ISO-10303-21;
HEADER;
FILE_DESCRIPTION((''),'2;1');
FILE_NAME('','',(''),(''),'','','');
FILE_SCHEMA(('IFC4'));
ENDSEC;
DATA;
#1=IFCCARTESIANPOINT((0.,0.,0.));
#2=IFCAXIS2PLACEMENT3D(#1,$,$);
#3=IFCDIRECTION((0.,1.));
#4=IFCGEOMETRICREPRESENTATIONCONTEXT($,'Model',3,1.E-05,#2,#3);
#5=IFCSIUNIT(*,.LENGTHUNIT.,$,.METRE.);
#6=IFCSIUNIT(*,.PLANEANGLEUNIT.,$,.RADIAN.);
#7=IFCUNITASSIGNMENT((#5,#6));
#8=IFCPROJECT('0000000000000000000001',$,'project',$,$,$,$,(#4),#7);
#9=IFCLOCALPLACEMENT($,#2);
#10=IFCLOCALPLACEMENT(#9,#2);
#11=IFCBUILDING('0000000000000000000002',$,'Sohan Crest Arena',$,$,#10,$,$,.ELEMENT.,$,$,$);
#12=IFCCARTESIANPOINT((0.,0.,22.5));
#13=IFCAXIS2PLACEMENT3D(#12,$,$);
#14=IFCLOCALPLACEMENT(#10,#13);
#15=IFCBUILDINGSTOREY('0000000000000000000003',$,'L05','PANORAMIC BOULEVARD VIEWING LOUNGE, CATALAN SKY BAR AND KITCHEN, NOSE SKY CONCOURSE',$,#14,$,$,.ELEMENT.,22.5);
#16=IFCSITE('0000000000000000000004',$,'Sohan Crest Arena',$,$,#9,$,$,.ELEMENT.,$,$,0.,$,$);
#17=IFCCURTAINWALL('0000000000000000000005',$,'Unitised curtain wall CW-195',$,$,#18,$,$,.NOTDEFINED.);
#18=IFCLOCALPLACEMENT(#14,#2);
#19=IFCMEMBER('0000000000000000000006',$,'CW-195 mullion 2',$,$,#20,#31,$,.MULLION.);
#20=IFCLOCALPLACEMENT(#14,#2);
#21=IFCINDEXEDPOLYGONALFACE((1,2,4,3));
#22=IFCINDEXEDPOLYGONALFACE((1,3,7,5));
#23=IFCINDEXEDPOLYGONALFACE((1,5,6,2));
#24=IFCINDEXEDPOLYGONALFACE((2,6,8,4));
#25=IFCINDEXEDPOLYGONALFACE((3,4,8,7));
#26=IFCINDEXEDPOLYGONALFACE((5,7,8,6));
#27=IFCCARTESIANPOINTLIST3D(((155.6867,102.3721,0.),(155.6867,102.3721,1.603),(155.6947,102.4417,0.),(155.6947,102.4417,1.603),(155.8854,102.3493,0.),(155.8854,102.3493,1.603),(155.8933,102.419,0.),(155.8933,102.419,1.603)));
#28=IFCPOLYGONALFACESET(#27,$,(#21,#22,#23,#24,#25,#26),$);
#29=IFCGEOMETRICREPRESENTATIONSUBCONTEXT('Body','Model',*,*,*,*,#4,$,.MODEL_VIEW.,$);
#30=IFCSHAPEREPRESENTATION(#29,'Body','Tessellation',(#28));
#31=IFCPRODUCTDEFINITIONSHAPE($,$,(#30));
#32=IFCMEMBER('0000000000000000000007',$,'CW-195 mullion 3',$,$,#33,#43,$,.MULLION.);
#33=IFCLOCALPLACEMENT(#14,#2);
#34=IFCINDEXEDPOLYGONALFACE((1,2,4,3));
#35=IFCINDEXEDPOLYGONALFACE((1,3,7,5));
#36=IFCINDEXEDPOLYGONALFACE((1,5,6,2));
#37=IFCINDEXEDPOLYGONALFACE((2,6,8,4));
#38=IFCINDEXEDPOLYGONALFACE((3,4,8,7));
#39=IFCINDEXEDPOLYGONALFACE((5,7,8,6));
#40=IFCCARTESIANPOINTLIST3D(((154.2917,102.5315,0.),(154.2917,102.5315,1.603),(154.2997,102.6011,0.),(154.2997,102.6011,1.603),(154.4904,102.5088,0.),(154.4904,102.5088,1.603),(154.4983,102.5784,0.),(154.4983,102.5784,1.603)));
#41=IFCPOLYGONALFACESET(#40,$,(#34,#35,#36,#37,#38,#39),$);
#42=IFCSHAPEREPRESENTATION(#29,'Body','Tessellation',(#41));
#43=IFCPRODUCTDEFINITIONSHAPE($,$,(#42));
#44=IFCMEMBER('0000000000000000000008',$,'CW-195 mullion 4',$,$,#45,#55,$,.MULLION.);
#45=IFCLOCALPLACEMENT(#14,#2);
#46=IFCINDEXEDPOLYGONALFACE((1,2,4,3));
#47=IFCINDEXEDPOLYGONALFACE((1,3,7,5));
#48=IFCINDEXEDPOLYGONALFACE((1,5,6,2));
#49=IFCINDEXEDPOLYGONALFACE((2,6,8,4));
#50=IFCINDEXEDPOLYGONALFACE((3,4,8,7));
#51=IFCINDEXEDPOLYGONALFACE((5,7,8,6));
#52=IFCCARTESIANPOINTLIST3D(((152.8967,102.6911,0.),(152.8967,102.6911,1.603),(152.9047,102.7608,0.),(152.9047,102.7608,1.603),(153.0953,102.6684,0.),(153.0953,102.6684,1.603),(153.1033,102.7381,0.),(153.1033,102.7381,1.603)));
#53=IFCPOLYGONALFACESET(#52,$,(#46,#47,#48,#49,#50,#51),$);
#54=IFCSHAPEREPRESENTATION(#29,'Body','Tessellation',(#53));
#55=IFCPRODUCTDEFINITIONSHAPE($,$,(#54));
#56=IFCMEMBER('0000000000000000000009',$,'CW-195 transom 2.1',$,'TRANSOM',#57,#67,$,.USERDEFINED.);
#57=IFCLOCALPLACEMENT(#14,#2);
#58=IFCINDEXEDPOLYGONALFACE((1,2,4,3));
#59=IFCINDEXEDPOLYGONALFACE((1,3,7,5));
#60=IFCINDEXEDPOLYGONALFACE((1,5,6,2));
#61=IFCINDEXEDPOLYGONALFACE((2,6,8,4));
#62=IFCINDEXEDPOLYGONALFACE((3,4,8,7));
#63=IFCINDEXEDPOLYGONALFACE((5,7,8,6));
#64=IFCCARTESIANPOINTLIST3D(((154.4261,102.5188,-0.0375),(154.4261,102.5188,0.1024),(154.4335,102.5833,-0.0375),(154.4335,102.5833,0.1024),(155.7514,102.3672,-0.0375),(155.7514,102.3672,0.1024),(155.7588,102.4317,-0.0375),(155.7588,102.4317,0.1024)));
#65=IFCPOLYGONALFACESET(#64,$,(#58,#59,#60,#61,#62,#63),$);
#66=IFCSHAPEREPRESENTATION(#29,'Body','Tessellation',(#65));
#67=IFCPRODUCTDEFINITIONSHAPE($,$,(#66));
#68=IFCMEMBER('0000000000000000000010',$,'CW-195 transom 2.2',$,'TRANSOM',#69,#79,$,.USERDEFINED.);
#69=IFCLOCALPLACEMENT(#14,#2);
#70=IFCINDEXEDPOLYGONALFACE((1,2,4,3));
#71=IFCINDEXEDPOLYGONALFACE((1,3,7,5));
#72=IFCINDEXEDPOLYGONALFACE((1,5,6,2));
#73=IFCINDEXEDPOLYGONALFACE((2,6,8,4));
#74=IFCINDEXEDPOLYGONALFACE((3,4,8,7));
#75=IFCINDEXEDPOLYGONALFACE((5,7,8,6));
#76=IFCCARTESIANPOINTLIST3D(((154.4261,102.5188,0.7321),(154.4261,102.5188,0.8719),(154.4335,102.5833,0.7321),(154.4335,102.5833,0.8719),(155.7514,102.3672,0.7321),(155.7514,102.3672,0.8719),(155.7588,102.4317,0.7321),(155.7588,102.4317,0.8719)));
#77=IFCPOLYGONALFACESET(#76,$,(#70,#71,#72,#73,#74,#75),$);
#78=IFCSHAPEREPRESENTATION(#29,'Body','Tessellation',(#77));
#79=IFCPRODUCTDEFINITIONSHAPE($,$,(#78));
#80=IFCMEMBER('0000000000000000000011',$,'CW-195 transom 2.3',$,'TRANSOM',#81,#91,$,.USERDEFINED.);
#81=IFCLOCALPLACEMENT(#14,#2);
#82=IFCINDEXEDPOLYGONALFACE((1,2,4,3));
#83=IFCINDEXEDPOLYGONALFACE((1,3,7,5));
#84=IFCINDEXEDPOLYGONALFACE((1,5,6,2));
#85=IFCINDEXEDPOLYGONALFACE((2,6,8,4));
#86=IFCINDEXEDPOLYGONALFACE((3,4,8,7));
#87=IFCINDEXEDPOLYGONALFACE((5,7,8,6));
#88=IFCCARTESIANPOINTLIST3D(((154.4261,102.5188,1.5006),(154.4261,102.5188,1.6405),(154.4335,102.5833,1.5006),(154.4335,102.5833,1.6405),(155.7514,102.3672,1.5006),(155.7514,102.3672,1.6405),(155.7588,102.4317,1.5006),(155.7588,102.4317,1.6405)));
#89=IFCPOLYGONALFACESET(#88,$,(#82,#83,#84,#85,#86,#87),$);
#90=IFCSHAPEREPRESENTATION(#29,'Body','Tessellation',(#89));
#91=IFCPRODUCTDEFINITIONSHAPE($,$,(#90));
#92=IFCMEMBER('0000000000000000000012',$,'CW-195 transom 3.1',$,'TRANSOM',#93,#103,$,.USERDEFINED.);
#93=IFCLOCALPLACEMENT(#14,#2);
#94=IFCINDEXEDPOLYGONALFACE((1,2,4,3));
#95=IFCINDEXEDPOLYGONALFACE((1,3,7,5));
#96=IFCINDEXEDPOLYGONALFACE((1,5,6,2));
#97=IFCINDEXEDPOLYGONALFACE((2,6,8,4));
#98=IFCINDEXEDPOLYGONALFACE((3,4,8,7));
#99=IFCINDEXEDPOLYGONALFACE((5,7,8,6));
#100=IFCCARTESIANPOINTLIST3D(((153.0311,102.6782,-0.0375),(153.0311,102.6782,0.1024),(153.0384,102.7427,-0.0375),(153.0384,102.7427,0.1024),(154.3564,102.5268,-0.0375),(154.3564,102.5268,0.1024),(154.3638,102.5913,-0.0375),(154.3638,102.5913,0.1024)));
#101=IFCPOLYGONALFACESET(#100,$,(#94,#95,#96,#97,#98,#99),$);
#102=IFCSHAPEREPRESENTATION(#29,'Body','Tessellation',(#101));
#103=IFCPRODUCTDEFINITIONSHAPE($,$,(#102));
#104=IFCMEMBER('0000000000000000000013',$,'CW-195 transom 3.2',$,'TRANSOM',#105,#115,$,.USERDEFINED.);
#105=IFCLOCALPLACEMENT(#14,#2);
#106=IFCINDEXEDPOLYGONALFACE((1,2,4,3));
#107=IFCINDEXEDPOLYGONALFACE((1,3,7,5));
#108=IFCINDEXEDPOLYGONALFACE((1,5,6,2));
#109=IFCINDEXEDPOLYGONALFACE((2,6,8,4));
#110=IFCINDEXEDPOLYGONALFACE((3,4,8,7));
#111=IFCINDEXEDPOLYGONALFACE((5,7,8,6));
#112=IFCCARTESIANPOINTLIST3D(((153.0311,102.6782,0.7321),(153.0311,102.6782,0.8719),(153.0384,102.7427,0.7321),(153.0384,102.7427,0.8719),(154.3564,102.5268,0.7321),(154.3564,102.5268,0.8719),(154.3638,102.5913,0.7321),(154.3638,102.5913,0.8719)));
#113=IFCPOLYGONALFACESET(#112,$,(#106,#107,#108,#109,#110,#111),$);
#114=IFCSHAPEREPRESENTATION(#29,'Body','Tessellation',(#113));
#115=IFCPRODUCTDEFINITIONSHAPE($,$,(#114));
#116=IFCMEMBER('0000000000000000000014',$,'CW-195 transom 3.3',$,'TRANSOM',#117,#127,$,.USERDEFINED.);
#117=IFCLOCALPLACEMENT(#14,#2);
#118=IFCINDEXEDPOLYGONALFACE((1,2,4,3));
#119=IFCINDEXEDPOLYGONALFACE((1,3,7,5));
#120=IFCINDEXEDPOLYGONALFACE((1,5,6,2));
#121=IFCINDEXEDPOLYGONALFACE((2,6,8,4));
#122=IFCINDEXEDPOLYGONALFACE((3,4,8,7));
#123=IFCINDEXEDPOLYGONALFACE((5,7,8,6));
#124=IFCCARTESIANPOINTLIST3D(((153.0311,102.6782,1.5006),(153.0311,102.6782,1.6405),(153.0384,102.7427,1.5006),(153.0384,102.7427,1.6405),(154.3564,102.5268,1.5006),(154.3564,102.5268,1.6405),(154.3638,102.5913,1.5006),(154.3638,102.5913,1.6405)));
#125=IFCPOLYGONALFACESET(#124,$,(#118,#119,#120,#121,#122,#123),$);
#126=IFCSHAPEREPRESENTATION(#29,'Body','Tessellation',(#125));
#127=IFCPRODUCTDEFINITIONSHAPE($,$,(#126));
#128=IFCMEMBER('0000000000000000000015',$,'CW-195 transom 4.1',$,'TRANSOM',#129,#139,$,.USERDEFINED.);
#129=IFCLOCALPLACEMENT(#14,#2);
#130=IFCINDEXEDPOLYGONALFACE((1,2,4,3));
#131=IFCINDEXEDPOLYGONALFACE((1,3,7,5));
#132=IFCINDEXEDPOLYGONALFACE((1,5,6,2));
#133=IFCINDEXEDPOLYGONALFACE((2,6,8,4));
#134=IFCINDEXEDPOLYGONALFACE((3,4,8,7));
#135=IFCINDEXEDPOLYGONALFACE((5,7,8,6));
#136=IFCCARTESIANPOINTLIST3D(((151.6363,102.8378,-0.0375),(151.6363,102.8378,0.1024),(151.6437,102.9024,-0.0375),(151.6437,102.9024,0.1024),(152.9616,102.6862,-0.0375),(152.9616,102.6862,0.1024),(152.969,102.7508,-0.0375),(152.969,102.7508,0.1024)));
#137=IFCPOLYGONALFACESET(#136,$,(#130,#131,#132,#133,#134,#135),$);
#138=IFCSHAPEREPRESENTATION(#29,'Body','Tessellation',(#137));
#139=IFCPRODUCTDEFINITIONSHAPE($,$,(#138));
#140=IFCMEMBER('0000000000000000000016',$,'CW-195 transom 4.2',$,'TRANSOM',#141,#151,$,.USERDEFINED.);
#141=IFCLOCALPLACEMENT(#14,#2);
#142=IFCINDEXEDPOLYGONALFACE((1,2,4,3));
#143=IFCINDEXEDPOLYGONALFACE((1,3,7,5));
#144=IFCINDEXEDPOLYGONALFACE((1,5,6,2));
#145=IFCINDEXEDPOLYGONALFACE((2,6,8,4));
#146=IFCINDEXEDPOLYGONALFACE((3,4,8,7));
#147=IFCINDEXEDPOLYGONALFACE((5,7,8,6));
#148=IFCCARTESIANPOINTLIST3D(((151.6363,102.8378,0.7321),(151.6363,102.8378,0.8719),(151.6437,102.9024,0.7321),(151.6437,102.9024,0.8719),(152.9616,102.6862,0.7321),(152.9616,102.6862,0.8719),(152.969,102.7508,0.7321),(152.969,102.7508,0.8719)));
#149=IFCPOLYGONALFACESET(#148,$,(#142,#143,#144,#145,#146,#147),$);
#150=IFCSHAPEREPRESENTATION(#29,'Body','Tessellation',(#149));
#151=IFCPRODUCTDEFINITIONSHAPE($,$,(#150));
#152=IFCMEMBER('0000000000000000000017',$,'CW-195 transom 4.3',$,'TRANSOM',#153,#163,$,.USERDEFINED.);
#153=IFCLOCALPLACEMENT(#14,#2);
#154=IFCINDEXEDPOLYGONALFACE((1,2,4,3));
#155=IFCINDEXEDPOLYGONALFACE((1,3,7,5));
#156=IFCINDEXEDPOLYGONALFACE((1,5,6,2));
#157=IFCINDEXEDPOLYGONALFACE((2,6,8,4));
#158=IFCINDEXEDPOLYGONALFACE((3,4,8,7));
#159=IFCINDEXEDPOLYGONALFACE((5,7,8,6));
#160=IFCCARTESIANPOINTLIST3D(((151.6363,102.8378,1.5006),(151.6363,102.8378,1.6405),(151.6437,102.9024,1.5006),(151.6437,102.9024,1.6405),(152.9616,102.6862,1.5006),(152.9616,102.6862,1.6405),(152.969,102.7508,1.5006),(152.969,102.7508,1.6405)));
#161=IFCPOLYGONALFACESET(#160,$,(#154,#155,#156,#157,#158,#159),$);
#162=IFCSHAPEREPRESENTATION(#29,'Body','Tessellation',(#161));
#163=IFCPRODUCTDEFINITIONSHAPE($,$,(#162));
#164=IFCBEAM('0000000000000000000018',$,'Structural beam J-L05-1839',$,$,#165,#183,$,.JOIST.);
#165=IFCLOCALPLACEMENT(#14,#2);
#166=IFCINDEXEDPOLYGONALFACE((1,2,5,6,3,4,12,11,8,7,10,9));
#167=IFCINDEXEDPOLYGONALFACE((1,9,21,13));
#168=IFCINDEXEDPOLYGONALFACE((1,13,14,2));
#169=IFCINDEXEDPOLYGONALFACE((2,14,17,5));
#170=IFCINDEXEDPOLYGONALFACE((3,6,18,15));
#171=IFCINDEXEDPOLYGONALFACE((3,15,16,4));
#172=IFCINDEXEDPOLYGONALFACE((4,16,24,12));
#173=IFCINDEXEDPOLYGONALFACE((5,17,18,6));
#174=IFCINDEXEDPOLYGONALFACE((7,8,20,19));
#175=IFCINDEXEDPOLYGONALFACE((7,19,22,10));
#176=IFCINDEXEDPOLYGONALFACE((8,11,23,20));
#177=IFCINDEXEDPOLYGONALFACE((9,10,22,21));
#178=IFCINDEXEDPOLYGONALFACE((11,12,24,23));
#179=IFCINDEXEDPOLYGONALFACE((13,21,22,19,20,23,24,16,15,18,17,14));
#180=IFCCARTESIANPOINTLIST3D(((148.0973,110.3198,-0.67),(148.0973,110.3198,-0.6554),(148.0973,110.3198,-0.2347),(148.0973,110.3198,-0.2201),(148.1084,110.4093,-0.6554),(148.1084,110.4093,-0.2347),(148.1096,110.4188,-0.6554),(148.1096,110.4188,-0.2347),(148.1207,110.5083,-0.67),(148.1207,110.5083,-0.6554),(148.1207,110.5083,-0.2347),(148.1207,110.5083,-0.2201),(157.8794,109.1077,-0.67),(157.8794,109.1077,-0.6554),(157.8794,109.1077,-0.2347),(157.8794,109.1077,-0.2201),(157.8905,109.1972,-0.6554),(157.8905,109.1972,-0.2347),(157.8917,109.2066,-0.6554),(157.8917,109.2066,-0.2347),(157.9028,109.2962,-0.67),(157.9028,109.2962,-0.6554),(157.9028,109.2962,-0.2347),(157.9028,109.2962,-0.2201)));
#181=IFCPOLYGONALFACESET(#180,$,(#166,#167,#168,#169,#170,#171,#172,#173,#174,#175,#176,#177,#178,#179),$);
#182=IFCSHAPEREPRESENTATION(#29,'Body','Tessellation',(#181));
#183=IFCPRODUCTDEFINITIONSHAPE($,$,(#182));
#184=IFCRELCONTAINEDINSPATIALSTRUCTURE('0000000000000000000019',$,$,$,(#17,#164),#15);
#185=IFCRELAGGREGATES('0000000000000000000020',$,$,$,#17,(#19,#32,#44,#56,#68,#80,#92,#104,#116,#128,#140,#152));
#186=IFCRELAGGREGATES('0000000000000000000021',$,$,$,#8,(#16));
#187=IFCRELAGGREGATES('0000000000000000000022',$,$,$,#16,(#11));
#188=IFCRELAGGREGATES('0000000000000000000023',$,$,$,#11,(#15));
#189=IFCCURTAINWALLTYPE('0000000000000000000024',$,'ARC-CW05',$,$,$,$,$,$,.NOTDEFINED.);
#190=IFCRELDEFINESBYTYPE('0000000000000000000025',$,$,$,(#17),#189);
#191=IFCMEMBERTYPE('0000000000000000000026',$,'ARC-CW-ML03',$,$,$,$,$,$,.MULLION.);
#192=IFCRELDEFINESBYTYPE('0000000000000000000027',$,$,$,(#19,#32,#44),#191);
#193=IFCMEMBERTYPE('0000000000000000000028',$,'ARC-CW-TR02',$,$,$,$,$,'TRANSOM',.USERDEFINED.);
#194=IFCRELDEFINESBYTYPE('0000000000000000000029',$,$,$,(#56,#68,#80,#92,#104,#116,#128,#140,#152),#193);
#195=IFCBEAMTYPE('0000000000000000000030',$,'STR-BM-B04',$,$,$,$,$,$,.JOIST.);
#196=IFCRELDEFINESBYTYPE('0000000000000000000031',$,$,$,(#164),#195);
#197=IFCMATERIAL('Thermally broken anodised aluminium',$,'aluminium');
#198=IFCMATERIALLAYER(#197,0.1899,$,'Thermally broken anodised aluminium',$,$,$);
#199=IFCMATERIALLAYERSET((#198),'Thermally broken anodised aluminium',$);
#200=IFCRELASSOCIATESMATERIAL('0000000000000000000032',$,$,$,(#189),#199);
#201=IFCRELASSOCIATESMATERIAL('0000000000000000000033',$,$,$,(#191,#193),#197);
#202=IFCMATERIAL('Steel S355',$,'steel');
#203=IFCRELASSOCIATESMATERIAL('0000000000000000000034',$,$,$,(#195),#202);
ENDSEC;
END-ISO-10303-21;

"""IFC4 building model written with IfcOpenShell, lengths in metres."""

from ifc_helpers import new_model, si_unit, direction, frame, origin, origin_2d, place, context, subcontext, project, spatial, rectangle, i_section, extrude, material, layer, layer_set, material_profile, profile_set, type_object, element, aggregate, save


model = new_model("IFC4")

# Units and contexts
model_context = context("Model", 3, precision=1e-05, world=origin(), true_north=direction((0.0, 1.0)))
body_context = subcontext(model_context, "Body", "Model", "MODEL_VIEW")
ifc_project = project(units=[si_unit("LENGTHUNIT", "METRE"), si_unit("PLANEANGLEUNIT", "RADIAN")], contexts=[model_context])

# Site, building, storey
site_placement = place(None, origin())
site = spatial("IfcSite", under=ifc_project, at=site_placement, Name="Sohan Crest Arena", CompositionType="ELEMENT", RefElevation=0.0)
building_placement = place(site_placement, origin())
building = spatial("IfcBuilding", under=site, at=building_placement, Name="Sohan Crest Arena", CompositionType="ELEMENT")
storey_placement = place(building_placement, frame((0.0, 0.0, 22.5)))
storey = spatial("IfcBuildingStorey", under=building, at=storey_placement, Name="L05", Description="PANORAMIC BOULEVARD VIEWING LOUNGE, CATALAN SKY BAR AND KITCHEN, NOSE SKY CONCOURSE", CompositionType="ELEMENT", Elevation=22.5)

# Curtain wall, members
ifc_material_1 = material(Name="Thermally broken anodised aluminium", Category="aluminium")
ifc_layer_1 = layer(ifc_material_1, 0.1899, Name="Thermally broken anodised aluminium")
ifc_layer_set_1 = layer_set([ifc_layer_1], Name="Thermally broken anodised aluminium")
curtain_wall_type = type_object("IfcCurtainWallType", Name="ARC-CW05", PredefinedType="NOTDEFINED", material=ifc_layer_set_1)
curtain_wall_placement = place(storey_placement, origin())
curtain_wall = element("IfcCurtainWall", 1, at=curtain_wall_placement, inside=storey, type_object=curtain_wall_type, Name="Unitised curtain wall CW-195", PredefinedType="NOTDEFINED")
ifc_material_profile_1 = material_profile(ifc_material_1, rectangle(XDim=0.0701, YDim=0.2, at=origin_2d()), Name="ALU-MULL 70x200")
ifc_profile_set_1 = profile_set([ifc_material_profile_1], Name="Thermally broken anodised aluminium")
member_type_1 = type_object("IfcMemberType", Name="ARC-CW-ML03", PredefinedType="MULLION", material=ifc_profile_set_1)
member_1_placement = place(storey_placement, frame((155.79, 102.3955, 0.0), z_axis=(0.0, 0.0, 1.0), x_axis=(-0.113597, -0.993527, 0.0)))
member_1 = element("IfcMember", 2, at=member_1_placement, type_object=member_type_1, Name="CW-195 mullion 2", PredefinedType="MULLION", context=body_context, shape_type="SweptSolid", body=[
    extrude(rectangle(XDim=0.0701, YDim=0.2, at=origin_2d()), origin(), (0.0, 0.0, 1.0), 1.603),
])
member_2_placement = place(storey_placement, frame((154.395, 102.5549, 0.0), z_axis=(0.0, 0.0, 1.0), x_axis=(-0.113597, -0.993527, 0.0)))
member_2 = element("IfcMember", 3, at=member_2_placement, type_object=member_type_1, Name="CW-195 mullion 3", PredefinedType="MULLION", context=body_context, shape_type="SweptSolid", body=[
    extrude(rectangle(XDim=0.0701, YDim=0.2, at=origin_2d()), origin(), (0.0, 0.0, 1.0), 1.603),
])
member_3_placement = place(storey_placement, frame((153.0, 102.7146, 0.0), z_axis=(0.0, 0.0, 1.0), x_axis=(-0.113597, -0.993527, 0.0)))
member_3 = element("IfcMember", 4, at=member_3_placement, type_object=member_type_1, Name="CW-195 mullion 4", PredefinedType="MULLION", context=body_context, shape_type="SweptSolid", body=[
    extrude(rectangle(XDim=0.0701, YDim=0.2, at=origin_2d()), origin(), (0.0, 0.0, 1.0), 1.603),
])
ifc_material_profile_2 = material_profile(ifc_material_1, rectangle(XDim=0.0649, YDim=0.1399, at=origin_2d()), Name="ALU-TRAN 65x140")
ifc_profile_set_2 = profile_set([ifc_material_profile_2], Name="Thermally broken anodised aluminium")
member_type_2 = type_object("IfcMemberType", Name="ARC-CW-TR02", ElementType="TRANSOM", PredefinedType="USERDEFINED", material=ifc_profile_set_2)
member_4_placement = place(storey_placement, frame((155.7551, 102.3994, 0.0325), z_axis=(-0.993521, 0.113645, 0.0), x_axis=(-0.113645, -0.993521, 0.0)))
member_4 = element("IfcMember", 5, at=member_4_placement, type_object=member_type_2, Name="CW-195 transom 2.1", ObjectType="TRANSOM", PredefinedType="USERDEFINED", context=body_context, shape_type="SweptSolid", body=[
    extrude(rectangle(XDim=0.0649, YDim=0.1399, at=origin_2d()), origin(), (0.0, 0.0, 1.0), 1.334),
])
member_5_placement = place(storey_placement, frame((155.7551, 102.3994, 0.802), z_axis=(-0.993521, 0.113645, 0.0), x_axis=(-0.113645, -0.993521, 0.0)))
member_5 = element("IfcMember", 6, at=member_5_placement, type_object=member_type_2, Name="CW-195 transom 2.2", ObjectType="TRANSOM", PredefinedType="USERDEFINED", context=body_context, shape_type="SweptSolid", body=[
    extrude(rectangle(XDim=0.0649, YDim=0.1399, at=origin_2d()), origin(), (0.0, 0.0, 1.0), 1.334),
])
member_6_placement = place(storey_placement, frame((155.7551, 102.3994, 1.5706), z_axis=(-0.993521, 0.113645, 0.0), x_axis=(-0.113645, -0.993521, 0.0)))
member_6 = element("IfcMember", 7, at=member_6_placement, type_object=member_type_2, Name="CW-195 transom 2.3", ObjectType="TRANSOM", PredefinedType="USERDEFINED", context=body_context, shape_type="SweptSolid", body=[
    extrude(rectangle(XDim=0.0649, YDim=0.1399, at=origin_2d()), origin(), (0.0, 0.0, 1.0), 1.334),
])
member_7_placement = place(storey_placement, frame((154.3601, 102.5591, 0.0325), z_axis=(-0.993542, 0.113464, 0.0), x_axis=(-0.113464, -0.993542, 0.0)))
member_7 = element("IfcMember", 8, at=member_7_placement, type_object=member_type_2, Name="CW-195 transom 3.1", ObjectType="TRANSOM", PredefinedType="USERDEFINED", context=body_context, shape_type="SweptSolid", body=[
    extrude(rectangle(XDim=0.0649, YDim=0.1399, at=origin_2d()), origin(), (0.0, 0.0, 1.0), 1.334),
])
member_8_placement = place(storey_placement, frame((154.3601, 102.5591, 0.802), z_axis=(-0.993542, 0.113464, 0.0), x_axis=(-0.113464, -0.993542, 0.0)))
member_8 = element("IfcMember", 9, at=member_8_placement, type_object=member_type_2, Name="CW-195 transom 3.2", ObjectType="TRANSOM", PredefinedType="USERDEFINED", context=body_context, shape_type="SweptSolid", body=[
    extrude(rectangle(XDim=0.0649, YDim=0.1399, at=origin_2d()), origin(), (0.0, 0.0, 1.0), 1.334),
])
member_9_placement = place(storey_placement, frame((154.3601, 102.5591, 1.5706), z_axis=(-0.993542, 0.113464, 0.0), x_axis=(-0.113464, -0.993542, 0.0)))
member_9 = element("IfcMember", 10, at=member_9_placement, type_object=member_type_2, Name="CW-195 transom 3.3", ObjectType="TRANSOM", PredefinedType="USERDEFINED", context=body_context, shape_type="SweptSolid", body=[
    extrude(rectangle(XDim=0.0649, YDim=0.1399, at=origin_2d()), origin(), (0.0, 0.0, 1.0), 1.334),
])
member_10_placement = place(storey_placement, frame((152.9653, 102.7185, 0.0325), z_axis=(-0.993521, 0.113645, 0.0), x_axis=(-0.113645, -0.993521, 0.0)))
member_10 = element("IfcMember", 11, at=member_10_placement, type_object=member_type_2, Name="CW-195 transom 4.1", ObjectType="TRANSOM", PredefinedType="USERDEFINED", context=body_context, shape_type="SweptSolid", body=[
    extrude(rectangle(XDim=0.0649, YDim=0.1399, at=origin_2d()), origin(), (0.0, 0.0, 1.0), 1.334),
])
member_11_placement = place(storey_placement, frame((152.9653, 102.7185, 0.802), z_axis=(-0.993521, 0.113645, 0.0), x_axis=(-0.113645, -0.993521, 0.0)))
member_11 = element("IfcMember", 12, at=member_11_placement, type_object=member_type_2, Name="CW-195 transom 4.2", ObjectType="TRANSOM", PredefinedType="USERDEFINED", context=body_context, shape_type="SweptSolid", body=[
    extrude(rectangle(XDim=0.0649, YDim=0.1399, at=origin_2d()), origin(), (0.0, 0.0, 1.0), 1.334),
])
member_12_placement = place(storey_placement, frame((152.9653, 102.7185, 1.5706), z_axis=(-0.993521, 0.113645, 0.0), x_axis=(-0.113645, -0.993521, 0.0)))
member_12 = element("IfcMember", 13, at=member_12_placement, type_object=member_type_2, Name="CW-195 transom 4.3", ObjectType="TRANSOM", PredefinedType="USERDEFINED", context=body_context, shape_type="SweptSolid", body=[
    extrude(rectangle(XDim=0.0649, YDim=0.1399, at=origin_2d()), origin(), (0.0, 0.0, 1.0), 1.334),
])

# Beam
ifc_material_2 = material(Name="Steel S355", Category="steel")
ifc_material_profile_3 = material_profile(ifc_material_2, i_section(OverallWidth=0.1899, OverallDepth=0.45, WebThickness=0.0095, FlangeThickness=0.0146, at=origin_2d()), Name="IPE 450")
ifc_profile_set_3 = profile_set([ifc_material_profile_3], Name="Steel S355")
beam_type_1 = type_object("IfcBeamType", Name="STR-BM-B04", PredefinedType="JOIST", material=ifc_profile_set_3)
beam_1_placement = place(storey_placement, frame((157.8911, 109.2019, -0.4451), z_axis=(-0.99241, 0.122974, 0.0), x_axis=(-0.122974, -0.99241, 0.0)))
element("IfcBeam", 14, at=beam_1_placement, inside=storey, type_object=beam_type_1, Name="Structural beam J-L05-1839", PredefinedType="JOIST", context=body_context, shape_type="SweptSolid", body=[
    extrude(i_section(OverallWidth=0.1899, OverallDepth=0.45, WebThickness=0.0095, FlangeThickness=0.0146, at=origin_2d()), origin(), (0.0, 0.0, 1.0), 9.8569),
])

aggregate(curtain_wall, [member_1, member_2, member_3, member_4, member_5, member_6, member_7, member_8, member_9, member_10, member_11, member_12])

save(model, "model.ifc")
